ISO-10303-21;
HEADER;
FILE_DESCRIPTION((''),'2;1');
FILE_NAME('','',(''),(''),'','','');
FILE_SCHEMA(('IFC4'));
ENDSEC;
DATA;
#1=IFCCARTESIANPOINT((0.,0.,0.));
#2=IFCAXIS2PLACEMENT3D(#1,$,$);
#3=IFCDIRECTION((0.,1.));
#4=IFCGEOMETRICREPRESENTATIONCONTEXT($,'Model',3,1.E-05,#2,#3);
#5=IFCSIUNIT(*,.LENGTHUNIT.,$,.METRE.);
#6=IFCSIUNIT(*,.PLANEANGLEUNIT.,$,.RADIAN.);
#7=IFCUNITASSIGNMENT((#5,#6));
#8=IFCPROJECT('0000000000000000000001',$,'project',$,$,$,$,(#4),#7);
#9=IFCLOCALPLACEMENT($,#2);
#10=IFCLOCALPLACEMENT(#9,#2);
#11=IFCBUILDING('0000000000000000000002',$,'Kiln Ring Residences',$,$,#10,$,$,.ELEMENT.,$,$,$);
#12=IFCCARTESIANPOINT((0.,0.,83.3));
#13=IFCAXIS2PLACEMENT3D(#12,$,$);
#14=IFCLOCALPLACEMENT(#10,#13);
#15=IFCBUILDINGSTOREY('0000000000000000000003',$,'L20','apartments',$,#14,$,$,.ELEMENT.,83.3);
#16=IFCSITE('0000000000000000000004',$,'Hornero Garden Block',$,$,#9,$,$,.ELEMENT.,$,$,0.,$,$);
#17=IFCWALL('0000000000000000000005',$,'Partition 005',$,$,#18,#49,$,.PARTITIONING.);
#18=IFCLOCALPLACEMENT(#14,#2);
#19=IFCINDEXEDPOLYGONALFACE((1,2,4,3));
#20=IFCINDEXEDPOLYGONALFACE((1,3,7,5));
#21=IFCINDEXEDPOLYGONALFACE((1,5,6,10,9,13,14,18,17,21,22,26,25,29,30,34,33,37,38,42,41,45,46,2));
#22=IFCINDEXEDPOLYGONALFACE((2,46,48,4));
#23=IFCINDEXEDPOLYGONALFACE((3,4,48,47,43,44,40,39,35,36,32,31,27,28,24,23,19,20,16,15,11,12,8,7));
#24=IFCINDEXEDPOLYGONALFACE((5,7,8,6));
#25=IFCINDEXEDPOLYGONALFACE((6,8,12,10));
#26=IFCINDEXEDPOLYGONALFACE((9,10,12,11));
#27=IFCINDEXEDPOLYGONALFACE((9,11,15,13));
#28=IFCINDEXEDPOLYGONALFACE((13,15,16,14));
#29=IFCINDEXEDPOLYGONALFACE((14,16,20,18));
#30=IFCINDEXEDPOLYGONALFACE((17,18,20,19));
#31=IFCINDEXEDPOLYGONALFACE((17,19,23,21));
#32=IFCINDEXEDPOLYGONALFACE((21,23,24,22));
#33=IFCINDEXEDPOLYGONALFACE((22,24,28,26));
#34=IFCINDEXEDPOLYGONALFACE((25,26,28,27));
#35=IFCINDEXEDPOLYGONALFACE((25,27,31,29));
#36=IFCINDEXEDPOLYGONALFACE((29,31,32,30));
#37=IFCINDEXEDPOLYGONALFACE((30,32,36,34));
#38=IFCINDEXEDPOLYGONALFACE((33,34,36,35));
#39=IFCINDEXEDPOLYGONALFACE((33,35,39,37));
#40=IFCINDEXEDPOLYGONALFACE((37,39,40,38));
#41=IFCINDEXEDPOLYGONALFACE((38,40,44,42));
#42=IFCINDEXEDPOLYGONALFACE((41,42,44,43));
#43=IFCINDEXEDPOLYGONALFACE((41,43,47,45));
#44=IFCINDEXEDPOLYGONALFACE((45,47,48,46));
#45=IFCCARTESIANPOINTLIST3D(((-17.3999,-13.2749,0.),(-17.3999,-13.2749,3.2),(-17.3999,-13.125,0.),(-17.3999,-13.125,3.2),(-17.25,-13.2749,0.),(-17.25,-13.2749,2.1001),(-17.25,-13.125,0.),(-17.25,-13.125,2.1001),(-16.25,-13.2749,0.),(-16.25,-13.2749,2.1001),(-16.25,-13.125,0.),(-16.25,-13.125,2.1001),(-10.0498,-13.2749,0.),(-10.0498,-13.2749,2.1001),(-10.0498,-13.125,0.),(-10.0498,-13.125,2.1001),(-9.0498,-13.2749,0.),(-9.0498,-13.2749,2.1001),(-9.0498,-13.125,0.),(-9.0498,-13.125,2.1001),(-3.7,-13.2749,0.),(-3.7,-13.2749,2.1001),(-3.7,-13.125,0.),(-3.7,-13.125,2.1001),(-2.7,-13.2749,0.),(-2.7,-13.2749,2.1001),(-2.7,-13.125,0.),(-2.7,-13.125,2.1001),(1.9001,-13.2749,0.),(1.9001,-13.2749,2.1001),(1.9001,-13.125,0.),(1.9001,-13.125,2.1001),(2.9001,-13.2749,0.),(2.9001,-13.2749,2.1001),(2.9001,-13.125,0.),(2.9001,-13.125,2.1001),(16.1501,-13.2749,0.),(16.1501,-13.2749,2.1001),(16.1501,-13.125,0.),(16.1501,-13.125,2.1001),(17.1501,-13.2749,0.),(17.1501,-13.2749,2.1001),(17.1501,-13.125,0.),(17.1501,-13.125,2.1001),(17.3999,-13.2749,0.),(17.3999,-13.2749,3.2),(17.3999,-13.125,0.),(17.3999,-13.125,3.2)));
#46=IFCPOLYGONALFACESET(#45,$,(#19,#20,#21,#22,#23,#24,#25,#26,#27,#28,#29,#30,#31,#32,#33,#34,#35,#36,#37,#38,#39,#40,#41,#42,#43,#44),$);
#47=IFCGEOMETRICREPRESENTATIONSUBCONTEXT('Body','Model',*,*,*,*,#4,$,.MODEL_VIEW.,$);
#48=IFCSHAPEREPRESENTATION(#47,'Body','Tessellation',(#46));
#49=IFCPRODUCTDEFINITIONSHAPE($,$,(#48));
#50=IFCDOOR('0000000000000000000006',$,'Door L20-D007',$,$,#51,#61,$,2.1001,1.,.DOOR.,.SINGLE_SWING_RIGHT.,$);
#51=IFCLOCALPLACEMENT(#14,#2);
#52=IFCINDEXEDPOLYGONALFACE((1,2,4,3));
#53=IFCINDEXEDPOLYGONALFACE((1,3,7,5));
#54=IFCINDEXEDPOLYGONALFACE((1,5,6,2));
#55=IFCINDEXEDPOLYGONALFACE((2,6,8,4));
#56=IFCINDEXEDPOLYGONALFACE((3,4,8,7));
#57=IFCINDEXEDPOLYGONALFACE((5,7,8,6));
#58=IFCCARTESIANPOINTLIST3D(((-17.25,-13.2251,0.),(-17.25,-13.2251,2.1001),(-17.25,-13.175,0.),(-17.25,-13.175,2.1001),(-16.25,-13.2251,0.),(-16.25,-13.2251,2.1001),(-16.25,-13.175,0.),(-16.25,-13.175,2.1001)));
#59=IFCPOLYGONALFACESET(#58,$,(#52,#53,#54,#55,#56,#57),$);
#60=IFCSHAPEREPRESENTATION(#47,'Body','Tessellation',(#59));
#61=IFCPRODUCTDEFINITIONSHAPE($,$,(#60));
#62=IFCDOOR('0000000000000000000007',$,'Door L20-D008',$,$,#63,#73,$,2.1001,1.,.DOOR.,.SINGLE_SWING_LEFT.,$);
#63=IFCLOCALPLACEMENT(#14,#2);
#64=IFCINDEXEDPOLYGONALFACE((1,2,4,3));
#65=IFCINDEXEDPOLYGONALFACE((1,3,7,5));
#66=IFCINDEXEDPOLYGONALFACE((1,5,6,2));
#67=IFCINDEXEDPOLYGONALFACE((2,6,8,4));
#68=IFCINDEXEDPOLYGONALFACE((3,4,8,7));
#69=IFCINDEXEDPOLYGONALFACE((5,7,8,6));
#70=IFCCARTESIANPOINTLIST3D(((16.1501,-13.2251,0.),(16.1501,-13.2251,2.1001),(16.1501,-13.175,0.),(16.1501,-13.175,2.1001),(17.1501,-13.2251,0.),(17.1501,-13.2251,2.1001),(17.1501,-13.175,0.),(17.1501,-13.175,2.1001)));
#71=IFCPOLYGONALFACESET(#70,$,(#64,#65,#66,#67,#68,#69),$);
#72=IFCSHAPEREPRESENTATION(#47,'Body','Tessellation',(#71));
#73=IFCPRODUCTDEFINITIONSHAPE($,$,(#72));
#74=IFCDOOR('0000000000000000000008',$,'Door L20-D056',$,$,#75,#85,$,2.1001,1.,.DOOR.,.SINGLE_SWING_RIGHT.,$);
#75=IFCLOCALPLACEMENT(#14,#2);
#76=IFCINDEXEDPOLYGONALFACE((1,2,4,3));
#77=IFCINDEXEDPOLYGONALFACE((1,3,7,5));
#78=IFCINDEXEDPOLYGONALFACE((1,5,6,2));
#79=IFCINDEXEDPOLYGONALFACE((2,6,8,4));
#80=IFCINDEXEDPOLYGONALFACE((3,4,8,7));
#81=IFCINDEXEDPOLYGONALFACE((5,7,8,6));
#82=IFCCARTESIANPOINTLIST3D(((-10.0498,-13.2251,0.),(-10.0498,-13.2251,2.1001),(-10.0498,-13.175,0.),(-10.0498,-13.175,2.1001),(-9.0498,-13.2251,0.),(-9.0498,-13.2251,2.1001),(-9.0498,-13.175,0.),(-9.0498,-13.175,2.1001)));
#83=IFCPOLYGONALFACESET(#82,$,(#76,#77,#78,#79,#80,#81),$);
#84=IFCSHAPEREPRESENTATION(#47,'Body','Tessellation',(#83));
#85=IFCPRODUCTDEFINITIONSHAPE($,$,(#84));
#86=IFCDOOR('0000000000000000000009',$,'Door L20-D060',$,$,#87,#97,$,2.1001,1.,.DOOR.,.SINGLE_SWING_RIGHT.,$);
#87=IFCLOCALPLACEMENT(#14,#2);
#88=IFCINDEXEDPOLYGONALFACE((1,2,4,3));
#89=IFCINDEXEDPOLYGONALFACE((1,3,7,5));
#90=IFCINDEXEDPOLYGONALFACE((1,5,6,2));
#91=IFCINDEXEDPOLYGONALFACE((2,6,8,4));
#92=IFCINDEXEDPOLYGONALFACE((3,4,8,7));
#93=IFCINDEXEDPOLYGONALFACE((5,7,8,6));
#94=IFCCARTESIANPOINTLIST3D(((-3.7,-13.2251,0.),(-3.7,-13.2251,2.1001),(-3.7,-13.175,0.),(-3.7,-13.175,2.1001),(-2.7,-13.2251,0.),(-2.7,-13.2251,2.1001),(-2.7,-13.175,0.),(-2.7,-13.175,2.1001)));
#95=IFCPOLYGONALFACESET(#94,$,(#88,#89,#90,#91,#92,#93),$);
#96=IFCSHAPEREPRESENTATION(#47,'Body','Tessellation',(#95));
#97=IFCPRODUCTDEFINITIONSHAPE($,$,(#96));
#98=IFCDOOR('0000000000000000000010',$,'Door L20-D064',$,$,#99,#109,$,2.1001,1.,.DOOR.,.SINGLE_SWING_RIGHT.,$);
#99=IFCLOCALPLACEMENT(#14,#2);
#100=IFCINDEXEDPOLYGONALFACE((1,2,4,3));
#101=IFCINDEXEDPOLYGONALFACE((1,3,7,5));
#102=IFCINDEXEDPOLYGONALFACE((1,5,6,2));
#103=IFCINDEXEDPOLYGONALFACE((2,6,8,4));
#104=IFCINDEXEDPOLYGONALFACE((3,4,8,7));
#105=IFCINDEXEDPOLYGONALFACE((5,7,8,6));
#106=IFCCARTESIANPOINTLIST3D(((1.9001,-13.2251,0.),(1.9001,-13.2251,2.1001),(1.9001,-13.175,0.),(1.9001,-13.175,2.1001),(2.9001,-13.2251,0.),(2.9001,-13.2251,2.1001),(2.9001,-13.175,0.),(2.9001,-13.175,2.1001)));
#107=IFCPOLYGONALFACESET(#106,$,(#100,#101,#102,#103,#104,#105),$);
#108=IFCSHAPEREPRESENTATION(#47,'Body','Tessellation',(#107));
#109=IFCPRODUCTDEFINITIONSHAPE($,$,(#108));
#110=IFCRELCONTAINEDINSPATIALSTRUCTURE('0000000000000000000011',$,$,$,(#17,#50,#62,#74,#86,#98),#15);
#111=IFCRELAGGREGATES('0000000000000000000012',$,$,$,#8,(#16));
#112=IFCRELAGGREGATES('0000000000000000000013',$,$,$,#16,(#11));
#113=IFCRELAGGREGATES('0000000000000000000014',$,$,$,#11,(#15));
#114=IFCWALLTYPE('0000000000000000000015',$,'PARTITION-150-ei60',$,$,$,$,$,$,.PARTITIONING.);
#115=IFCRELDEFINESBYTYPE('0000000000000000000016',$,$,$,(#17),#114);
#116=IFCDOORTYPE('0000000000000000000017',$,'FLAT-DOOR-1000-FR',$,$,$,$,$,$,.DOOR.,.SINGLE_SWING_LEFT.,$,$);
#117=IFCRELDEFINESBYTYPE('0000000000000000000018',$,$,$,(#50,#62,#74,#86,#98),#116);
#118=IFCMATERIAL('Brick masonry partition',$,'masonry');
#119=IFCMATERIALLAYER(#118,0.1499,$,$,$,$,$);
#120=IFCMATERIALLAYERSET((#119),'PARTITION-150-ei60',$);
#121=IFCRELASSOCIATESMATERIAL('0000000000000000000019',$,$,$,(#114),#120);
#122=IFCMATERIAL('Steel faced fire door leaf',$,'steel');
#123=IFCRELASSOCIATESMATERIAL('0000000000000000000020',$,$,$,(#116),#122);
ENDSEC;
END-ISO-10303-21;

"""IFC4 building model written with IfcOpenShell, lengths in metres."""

from ifc_helpers import new_model, si_unit, direction, frame, frame_2d, origin, place, context, subcontext, project, spatial, rectangle, extrude, material, layer, layer_set, type_object, element, fill, save


model = new_model("IFC4")

# Units and contexts
model_context = context("Model", 3, precision=1e-05, world=origin(), true_north=direction((0.0, 1.0)))
body_context = subcontext(model_context, "Body", "Model", "MODEL_VIEW")
ifc_project = project(units=[si_unit("LENGTHUNIT", "METRE"), si_unit("PLANEANGLEUNIT", "RADIAN")], contexts=[model_context])

# Site, building, storey
site_placement = place(None, origin())
site = spatial("IfcSite", under=ifc_project, at=site_placement, Name="Hornero Garden Block", CompositionType="ELEMENT", RefElevation=0.0)
building_placement = place(site_placement, origin())
building = spatial("IfcBuilding", under=site, at=building_placement, Name="Kiln Ring Residences", CompositionType="ELEMENT")
storey_placement = place(building_placement, frame((0.0, 0.0, 83.3)))
storey = spatial("IfcBuildingStorey", under=building, at=storey_placement, Name="L20", Description="apartments", CompositionType="ELEMENT", Elevation=83.3)

# Wall, openings, doors
ifc_material_1 = material(Name="Brick masonry partition", Category="masonry")
ifc_layer_1 = layer(ifc_material_1, 0.1499)
ifc_layer_set_1 = layer_set([ifc_layer_1], Name="PARTITION-150-ei60")
wall_type_1 = type_object("IfcWallType", Name="PARTITION-150-ei60", PredefinedType="PARTITIONING", material=ifc_layer_set_1)
wall_1_placement = place(storey_placement, frame((-17.3999, -13.2, 0.0), z_axis=(0.0, 0.0, 1.0), x_axis=(1.0, 0.0, 0.0)))
wall_1 = element("IfcWall", 1, at=wall_1_placement, inside=storey, type_object=wall_type_1, Name="Partition 005", PredefinedType="PARTITIONING", context=body_context, shape_type="SweptSolid", body=[
    extrude(rectangle(XDim=34.7998, YDim=0.1499, at=frame_2d((17.3999, 0.0))), origin(), (0.0, 0.0, 1.0), 3.2),
])
opening_1_placement = place(wall_1_placement, frame((0.1499, 0.0, 0.0)))
opening_1 = element("IfcOpeningElement", 2, at=opening_1_placement, cuts=wall_1, PredefinedType="OPENING", context=body_context, shape_type="SweptSolid", body=[
    extrude(rectangle(XDim=1.0, YDim=2.1001, at=frame_2d((0.5, 1.05))), frame((0.0, 0.085, 0.0), z_axis=(0.0, -1.0, 0.0), x_axis=(1.0, 0.0, 0.0)), (0.0, 0.0, 1.0), 0.1699),
])
opening_2_placement = place(wall_1_placement, frame((33.55, 0.0, 0.0)))
opening_2 = element("IfcOpeningElement", 3, at=opening_2_placement, cuts=wall_1, PredefinedType="OPENING", context=body_context, shape_type="SweptSolid", body=[
    extrude(rectangle(XDim=1.0, YDim=2.1001, at=frame_2d((0.5, 1.05))), frame((0.0, 0.085, 0.0), z_axis=(0.0, -1.0, 0.0), x_axis=(1.0, 0.0, 0.0)), (0.0, 0.0, 1.0), 0.1699),
])
opening_3_placement = place(wall_1_placement, frame((7.3501, 0.0, 0.0)))
opening_3 = element("IfcOpeningElement", 4, at=opening_3_placement, cuts=wall_1, PredefinedType="OPENING", context=body_context, shape_type="SweptSolid", body=[
    extrude(rectangle(XDim=1.0, YDim=2.1001, at=frame_2d((0.5, 1.05))), frame((0.0, 0.085, 0.0), z_axis=(0.0, -1.0, 0.0), x_axis=(1.0, 0.0, 0.0)), (0.0, 0.0, 1.0), 0.1699),
])
opening_4_placement = place(wall_1_placement, frame((13.7, 0.0, 0.0)))
opening_4 = element("IfcOpeningElement", 5, at=opening_4_placement, cuts=wall_1, PredefinedType="OPENING", context=body_context, shape_type="SweptSolid", body=[
    extrude(rectangle(XDim=1.0, YDim=2.1001, at=frame_2d((0.5, 1.05))), frame((0.0, 0.085, 0.0), z_axis=(0.0, -1.0, 0.0), x_axis=(1.0, 0.0, 0.0)), (0.0, 0.0, 1.0), 0.1699),
])
opening_5_placement = place(wall_1_placement, frame((19.3, 0.0, 0.0)))
opening_5 = element("IfcOpeningElement", 6, at=opening_5_placement, cuts=wall_1, PredefinedType="OPENING", context=body_context, shape_type="SweptSolid", body=[
    extrude(rectangle(XDim=1.0, YDim=2.1001, at=frame_2d((0.5, 1.05))), frame((0.0, 0.085, 0.0), z_axis=(0.0, -1.0, 0.0), x_axis=(1.0, 0.0, 0.0)), (0.0, 0.0, 1.0), 0.1699),
])
ifc_material_2 = material(Name="Steel faced fire door leaf", Category="steel")
door_type_1 = type_object("IfcDoorType", Name="FLAT-DOOR-1000-FR", OperationType="SINGLE_SWING_LEFT", PredefinedType="DOOR", material=ifc_material_2)
door_1_placement = place(opening_1_placement, origin())
door_1 = element("IfcDoor", 7, at=door_1_placement, inside=storey, type_object=door_type_1, Name="Door L20-D007", OperationType="SINGLE_SWING_RIGHT", OverallHeight=2.1001, OverallWidth=1.0, PredefinedType="DOOR", context=body_context, shape_type="SweptSolid", body=[
    extrude(rectangle(XDim=1.0, YDim=2.1001, at=frame_2d((0.5, 1.05))), frame((0.0, 0.0249, 0.0), z_axis=(0.0, -1.0, 0.0), x_axis=(1.0, 0.0, 0.0)), (0.0, 0.0, 1.0), 0.05),
])
fill(opening_1, door_1)
door_2_placement = place(opening_2_placement, origin())
door_2 = element("IfcDoor", 8, at=door_2_placement, inside=storey, type_object=door_type_1, Name="Door L20-D008", OperationType="SINGLE_SWING_LEFT", OverallHeight=2.1001, OverallWidth=1.0, PredefinedType="DOOR", context=body_context, shape_type="SweptSolid", body=[
    extrude(rectangle(XDim=1.0, YDim=2.1001, at=frame_2d((0.5, 1.05))), frame((0.0, 0.0249, 0.0), z_axis=(0.0, -1.0, 0.0), x_axis=(1.0, 0.0, 0.0)), (0.0, 0.0, 1.0), 0.05),
])
fill(opening_2, door_2)
door_3_placement = place(opening_3_placement, origin())
door_3 = element("IfcDoor", 9, at=door_3_placement, inside=storey, type_object=door_type_1, Name="Door L20-D056", OperationType="SINGLE_SWING_RIGHT", OverallHeight=2.1001, OverallWidth=1.0, PredefinedType="DOOR", context=body_context, shape_type="SweptSolid", body=[
    extrude(rectangle(XDim=1.0, YDim=2.1001, at=frame_2d((0.5, 1.05))), frame((0.0, 0.0249, 0.0), z_axis=(0.0, -1.0, 0.0), x_axis=(1.0, 0.0, 0.0)), (0.0, 0.0, 1.0), 0.05),
])
fill(opening_3, door_3)
door_4_placement = place(opening_4_placement, origin())
door_4 = element("IfcDoor", 10, at=door_4_placement, inside=storey, type_object=door_type_1, Name="Door L20-D060", OperationType="SINGLE_SWING_RIGHT", OverallHeight=2.1001, OverallWidth=1.0, PredefinedType="DOOR", context=body_context, shape_type="SweptSolid", body=[
    extrude(rectangle(XDim=1.0, YDim=2.1001, at=frame_2d((0.5, 1.05))), frame((0.0, 0.0249, 0.0), z_axis=(0.0, -1.0, 0.0), x_axis=(1.0, 0.0, 0.0)), (0.0, 0.0, 1.0), 0.05),
])
fill(opening_4, door_4)
door_5_placement = place(opening_5_placement, origin())
door_5 = element("IfcDoor", 11, at=door_5_placement, inside=storey, type_object=door_type_1, Name="Door L20-D064", OperationType="SINGLE_SWING_RIGHT", OverallHeight=2.1001, OverallWidth=1.0, PredefinedType="DOOR", context=body_context, shape_type="SweptSolid", body=[
    extrude(rectangle(XDim=1.0, YDim=2.1001, at=frame_2d((0.5, 1.05))), frame((0.0, 0.0249, 0.0), z_axis=(0.0, -1.0, 0.0), x_axis=(1.0, 0.0, 0.0)), (0.0, 0.0, 1.0), 0.05),
])
fill(opening_5, door_5)

save(model, "model.ifc")
